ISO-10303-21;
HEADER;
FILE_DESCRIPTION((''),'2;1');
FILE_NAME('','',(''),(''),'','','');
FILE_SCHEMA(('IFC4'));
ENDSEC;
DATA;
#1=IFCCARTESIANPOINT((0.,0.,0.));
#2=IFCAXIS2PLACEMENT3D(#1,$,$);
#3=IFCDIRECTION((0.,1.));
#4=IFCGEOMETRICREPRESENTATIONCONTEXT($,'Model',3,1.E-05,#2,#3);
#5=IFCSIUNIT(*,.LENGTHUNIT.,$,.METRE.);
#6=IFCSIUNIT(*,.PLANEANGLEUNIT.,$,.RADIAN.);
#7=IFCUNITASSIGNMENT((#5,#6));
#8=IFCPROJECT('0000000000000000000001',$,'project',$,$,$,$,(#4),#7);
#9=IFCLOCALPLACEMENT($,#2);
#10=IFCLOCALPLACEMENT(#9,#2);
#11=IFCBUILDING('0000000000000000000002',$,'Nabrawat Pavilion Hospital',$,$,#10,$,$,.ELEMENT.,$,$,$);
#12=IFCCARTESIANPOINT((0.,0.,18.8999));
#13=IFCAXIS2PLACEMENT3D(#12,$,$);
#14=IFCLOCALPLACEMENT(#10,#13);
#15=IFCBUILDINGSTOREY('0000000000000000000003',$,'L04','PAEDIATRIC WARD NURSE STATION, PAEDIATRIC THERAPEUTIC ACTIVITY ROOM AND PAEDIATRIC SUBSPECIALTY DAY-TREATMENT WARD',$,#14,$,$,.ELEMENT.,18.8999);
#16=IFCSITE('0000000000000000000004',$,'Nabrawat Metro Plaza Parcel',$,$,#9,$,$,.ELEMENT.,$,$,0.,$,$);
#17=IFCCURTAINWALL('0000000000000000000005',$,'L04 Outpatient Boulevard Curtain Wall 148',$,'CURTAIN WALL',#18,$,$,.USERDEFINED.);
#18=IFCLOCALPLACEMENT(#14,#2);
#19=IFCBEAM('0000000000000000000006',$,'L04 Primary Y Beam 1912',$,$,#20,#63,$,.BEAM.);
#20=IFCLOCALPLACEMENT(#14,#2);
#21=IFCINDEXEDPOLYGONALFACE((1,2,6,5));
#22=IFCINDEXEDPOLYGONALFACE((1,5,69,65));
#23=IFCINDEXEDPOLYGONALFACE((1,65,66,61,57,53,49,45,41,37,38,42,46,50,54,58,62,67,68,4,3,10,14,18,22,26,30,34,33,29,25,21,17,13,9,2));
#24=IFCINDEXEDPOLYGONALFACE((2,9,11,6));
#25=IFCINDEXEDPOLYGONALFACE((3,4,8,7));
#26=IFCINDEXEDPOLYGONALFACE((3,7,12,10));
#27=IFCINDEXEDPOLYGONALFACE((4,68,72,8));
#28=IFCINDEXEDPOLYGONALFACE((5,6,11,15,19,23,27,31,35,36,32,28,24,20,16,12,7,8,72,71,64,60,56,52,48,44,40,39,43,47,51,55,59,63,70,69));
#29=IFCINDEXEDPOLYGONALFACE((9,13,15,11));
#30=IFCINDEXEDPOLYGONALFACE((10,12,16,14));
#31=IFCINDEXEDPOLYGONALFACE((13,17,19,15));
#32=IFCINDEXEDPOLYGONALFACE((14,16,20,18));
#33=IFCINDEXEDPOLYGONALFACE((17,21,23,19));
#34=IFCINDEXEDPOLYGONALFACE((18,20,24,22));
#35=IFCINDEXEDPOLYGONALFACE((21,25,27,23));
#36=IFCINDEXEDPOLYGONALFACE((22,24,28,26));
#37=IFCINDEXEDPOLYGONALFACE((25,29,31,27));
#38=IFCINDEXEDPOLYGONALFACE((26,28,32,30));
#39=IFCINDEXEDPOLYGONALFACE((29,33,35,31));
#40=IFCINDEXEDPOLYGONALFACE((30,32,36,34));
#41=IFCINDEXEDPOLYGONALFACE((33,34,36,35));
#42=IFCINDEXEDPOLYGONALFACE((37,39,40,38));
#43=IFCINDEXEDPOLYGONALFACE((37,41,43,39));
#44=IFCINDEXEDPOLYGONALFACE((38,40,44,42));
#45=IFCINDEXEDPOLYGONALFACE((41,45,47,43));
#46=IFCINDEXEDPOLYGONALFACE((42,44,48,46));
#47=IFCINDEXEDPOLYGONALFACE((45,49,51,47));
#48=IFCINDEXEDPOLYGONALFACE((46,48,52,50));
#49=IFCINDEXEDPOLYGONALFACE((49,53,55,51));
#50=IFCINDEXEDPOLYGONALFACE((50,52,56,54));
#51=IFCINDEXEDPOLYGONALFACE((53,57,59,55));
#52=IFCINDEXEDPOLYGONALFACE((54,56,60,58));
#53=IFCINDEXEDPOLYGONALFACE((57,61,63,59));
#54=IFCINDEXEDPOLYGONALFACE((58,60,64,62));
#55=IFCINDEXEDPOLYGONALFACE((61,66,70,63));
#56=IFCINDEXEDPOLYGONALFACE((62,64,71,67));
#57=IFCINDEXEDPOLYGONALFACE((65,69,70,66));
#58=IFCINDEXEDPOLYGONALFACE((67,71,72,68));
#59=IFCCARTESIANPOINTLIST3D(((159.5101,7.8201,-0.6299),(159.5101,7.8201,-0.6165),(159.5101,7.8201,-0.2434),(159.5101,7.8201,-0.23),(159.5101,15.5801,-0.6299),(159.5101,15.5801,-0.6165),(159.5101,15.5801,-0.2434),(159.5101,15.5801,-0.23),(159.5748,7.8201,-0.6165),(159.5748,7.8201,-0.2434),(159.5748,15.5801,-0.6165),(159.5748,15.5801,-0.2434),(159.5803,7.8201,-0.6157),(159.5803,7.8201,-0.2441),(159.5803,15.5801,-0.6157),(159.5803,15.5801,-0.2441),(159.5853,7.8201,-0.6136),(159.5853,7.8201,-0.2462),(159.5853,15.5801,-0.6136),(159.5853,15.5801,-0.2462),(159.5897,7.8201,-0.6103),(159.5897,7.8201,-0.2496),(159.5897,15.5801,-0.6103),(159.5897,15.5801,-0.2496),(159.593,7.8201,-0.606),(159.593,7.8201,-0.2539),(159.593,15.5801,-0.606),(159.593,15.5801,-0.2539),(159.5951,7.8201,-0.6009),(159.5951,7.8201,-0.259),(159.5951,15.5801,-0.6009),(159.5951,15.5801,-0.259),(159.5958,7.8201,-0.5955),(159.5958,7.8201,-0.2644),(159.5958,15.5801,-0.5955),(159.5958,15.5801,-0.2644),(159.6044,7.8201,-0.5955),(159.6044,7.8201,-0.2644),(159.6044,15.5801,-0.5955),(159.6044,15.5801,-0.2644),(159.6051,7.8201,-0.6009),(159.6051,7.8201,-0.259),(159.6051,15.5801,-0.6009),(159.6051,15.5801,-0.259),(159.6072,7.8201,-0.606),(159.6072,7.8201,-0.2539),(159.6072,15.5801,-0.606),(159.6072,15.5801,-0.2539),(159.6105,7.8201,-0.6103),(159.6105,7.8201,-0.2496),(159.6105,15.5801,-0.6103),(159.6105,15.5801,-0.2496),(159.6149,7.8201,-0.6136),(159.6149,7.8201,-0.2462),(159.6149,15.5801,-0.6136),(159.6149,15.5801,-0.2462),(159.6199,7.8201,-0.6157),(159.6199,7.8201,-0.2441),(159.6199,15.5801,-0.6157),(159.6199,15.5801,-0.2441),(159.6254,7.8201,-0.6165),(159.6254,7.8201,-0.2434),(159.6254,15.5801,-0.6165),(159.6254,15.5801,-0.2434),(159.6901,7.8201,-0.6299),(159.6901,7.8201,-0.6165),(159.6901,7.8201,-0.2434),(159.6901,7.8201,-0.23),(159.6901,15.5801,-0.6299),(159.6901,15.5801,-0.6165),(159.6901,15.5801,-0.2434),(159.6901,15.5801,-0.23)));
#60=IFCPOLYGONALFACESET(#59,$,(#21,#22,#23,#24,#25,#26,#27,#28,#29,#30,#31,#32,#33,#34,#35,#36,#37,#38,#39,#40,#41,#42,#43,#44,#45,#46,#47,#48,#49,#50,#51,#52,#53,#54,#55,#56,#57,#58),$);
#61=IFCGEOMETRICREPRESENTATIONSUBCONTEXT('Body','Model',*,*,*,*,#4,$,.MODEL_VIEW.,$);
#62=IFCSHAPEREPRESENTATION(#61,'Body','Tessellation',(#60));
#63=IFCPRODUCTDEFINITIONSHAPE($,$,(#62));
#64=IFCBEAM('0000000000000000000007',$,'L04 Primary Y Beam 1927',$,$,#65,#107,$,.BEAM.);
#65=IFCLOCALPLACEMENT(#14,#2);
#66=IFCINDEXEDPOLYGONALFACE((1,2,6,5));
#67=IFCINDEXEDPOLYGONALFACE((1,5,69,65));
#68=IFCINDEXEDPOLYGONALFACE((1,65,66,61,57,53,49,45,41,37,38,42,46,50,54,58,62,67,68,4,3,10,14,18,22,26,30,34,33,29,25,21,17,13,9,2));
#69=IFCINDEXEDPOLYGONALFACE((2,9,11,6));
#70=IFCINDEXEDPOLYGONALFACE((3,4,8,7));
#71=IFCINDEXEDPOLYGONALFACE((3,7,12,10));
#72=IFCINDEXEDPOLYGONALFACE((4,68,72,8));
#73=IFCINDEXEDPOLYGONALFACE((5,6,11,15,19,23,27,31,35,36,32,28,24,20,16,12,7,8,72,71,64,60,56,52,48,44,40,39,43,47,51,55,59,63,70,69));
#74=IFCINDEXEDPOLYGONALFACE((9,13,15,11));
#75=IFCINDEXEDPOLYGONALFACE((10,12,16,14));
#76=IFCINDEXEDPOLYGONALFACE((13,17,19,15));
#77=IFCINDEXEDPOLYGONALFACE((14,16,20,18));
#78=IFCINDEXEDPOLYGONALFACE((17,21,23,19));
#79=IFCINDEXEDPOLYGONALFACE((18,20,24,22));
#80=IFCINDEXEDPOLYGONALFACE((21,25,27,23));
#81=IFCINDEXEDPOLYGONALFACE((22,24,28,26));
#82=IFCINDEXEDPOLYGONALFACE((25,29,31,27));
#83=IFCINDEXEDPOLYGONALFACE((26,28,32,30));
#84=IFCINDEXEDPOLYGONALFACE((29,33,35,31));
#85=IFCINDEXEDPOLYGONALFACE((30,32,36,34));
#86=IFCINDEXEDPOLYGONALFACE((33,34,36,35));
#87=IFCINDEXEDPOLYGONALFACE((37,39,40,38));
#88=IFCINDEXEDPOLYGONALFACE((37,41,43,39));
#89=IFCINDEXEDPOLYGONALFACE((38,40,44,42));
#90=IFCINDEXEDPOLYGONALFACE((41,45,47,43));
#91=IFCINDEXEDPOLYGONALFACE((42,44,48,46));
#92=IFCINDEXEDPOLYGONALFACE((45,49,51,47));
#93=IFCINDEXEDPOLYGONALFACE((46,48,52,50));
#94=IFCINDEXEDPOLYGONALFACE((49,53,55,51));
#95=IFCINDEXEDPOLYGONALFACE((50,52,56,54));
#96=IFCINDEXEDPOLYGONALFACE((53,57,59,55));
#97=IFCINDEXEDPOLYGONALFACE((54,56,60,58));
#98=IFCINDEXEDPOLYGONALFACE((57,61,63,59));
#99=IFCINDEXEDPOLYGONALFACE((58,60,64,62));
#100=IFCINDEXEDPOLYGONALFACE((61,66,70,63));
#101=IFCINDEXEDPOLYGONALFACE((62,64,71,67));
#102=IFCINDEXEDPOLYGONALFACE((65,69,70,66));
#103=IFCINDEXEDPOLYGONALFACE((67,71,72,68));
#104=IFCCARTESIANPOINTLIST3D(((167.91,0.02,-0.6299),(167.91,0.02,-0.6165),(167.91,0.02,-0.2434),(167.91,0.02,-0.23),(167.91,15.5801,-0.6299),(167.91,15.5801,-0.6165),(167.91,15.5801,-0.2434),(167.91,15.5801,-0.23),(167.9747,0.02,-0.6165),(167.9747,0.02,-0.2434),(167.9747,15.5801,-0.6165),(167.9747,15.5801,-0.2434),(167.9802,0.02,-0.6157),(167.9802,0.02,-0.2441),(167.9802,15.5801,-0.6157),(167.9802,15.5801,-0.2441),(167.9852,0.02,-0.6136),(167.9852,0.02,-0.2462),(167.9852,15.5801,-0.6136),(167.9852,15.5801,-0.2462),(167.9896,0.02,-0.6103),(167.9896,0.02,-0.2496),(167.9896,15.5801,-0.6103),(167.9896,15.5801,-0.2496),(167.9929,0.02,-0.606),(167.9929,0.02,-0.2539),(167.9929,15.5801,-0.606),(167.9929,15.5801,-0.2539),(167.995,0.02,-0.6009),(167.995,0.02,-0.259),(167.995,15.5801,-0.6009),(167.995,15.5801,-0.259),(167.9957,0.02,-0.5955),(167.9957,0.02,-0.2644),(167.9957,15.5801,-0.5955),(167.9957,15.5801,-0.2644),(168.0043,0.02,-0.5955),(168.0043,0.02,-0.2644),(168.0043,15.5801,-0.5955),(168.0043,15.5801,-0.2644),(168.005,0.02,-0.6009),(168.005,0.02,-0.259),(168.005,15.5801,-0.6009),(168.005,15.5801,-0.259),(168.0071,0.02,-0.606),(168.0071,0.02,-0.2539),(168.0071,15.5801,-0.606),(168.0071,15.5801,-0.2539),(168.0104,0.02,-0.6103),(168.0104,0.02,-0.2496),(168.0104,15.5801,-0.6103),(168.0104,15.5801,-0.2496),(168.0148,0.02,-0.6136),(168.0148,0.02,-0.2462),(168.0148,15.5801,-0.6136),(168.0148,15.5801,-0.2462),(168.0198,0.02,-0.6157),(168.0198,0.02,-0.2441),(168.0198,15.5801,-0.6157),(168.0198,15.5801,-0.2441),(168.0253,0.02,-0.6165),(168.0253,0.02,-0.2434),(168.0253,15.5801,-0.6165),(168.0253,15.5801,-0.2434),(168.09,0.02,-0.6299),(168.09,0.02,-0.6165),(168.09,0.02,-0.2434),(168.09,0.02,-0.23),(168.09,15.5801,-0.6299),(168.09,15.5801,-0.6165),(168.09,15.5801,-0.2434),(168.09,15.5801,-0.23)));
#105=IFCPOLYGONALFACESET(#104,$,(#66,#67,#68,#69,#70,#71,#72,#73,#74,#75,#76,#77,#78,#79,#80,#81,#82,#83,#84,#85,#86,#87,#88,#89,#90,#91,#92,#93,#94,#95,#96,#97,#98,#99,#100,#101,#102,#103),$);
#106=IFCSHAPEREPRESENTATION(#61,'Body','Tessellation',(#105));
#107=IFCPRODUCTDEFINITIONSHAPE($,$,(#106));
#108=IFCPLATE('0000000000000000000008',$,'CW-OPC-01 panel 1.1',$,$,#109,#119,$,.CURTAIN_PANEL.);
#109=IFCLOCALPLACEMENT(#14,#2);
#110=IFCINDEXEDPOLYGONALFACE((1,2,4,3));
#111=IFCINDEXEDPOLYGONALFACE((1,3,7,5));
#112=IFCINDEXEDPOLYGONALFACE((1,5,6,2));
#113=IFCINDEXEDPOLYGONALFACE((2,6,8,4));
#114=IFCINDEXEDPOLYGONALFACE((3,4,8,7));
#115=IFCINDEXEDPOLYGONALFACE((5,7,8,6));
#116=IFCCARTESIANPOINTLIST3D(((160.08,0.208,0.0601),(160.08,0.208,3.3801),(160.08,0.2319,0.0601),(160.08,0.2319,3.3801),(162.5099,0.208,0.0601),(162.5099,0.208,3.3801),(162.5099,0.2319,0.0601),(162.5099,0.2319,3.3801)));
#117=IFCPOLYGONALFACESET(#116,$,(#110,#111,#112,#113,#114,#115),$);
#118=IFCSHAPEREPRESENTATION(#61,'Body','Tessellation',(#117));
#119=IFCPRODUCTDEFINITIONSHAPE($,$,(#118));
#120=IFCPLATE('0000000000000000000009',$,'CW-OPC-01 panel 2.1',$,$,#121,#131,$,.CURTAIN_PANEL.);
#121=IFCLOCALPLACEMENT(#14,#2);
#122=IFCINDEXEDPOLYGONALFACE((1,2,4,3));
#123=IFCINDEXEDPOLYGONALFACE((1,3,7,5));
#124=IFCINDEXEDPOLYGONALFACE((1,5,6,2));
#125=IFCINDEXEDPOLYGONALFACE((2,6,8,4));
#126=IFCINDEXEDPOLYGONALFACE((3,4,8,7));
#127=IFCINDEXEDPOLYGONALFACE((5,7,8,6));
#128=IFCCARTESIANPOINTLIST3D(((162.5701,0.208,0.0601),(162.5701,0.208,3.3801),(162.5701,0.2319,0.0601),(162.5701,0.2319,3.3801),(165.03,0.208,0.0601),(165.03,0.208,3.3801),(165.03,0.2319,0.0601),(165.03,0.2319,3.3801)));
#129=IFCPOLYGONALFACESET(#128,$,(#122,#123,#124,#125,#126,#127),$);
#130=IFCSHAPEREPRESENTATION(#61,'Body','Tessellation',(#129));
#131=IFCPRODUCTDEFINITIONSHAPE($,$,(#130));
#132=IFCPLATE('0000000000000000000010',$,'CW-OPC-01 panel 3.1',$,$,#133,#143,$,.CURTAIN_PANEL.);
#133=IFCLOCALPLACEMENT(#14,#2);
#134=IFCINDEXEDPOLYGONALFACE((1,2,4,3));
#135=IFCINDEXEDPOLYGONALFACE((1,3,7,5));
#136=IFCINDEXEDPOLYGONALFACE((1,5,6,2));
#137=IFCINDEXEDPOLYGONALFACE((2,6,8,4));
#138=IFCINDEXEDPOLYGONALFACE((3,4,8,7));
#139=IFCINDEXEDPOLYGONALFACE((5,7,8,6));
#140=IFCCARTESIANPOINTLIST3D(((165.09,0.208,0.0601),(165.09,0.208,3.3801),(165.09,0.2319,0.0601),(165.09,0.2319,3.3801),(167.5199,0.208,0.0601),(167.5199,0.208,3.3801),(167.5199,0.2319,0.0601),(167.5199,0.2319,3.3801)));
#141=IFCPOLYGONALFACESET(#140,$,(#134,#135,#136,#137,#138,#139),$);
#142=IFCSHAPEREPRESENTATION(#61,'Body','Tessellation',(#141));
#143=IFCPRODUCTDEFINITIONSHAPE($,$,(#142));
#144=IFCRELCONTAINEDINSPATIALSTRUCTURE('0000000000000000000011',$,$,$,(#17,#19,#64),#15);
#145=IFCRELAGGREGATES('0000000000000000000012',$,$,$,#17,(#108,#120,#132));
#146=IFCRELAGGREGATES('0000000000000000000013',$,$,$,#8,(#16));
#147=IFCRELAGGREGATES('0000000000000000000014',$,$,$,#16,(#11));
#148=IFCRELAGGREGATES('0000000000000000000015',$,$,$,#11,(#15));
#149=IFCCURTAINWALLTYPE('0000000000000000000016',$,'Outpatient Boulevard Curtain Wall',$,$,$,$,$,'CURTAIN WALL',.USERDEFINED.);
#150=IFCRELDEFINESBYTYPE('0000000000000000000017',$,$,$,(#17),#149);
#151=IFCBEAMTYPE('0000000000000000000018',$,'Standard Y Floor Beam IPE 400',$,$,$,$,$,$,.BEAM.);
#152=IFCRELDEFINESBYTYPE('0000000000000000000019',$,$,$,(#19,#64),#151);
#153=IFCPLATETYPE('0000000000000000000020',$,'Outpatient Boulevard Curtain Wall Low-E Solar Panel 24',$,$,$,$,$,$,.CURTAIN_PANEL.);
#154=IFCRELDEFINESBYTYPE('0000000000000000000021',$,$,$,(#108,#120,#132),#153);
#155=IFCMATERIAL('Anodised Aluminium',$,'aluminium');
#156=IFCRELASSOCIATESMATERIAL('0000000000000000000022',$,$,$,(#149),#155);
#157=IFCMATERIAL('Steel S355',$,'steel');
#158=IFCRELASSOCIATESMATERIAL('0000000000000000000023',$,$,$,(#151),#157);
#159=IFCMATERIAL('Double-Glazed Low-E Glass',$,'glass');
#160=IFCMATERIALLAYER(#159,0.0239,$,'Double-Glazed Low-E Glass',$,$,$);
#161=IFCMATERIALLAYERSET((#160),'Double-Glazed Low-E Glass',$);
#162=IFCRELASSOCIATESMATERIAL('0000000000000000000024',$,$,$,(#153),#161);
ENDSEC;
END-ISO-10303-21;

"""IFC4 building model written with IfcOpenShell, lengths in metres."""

from ifc_helpers import new_model, si_unit, direction, frame, origin, origin_2d, place, context, subcontext, project, spatial, rectangle, i_section, extrude, material, layer, layer_set, material_profile, profile_set, type_object, element, aggregate, save


model = new_model("IFC4")

# Units and contexts
model_context = context("Model", 3, precision=1e-05, world=origin(), true_north=direction((0.0, 1.0)))
body_context = subcontext(model_context, "Body", "Model", "MODEL_VIEW")
ifc_project = project(units=[si_unit("LENGTHUNIT", "METRE"), si_unit("PLANEANGLEUNIT", "RADIAN")], contexts=[model_context])

# Site, building, storey
site_placement = place(None, origin())
site = spatial("IfcSite", under=ifc_project, at=site_placement, Name="Nabrawat Metro Plaza Parcel", CompositionType="ELEMENT", RefElevation=0.0)
building_placement = place(site_placement, origin())
building = spatial("IfcBuilding", under=site, at=building_placement, Name="Nabrawat Pavilion Hospital", CompositionType="ELEMENT")
storey_placement = place(building_placement, frame((0.0, 0.0, 18.8999)))
storey = spatial("IfcBuildingStorey", under=building, at=storey_placement, Name="L04", Description="PAEDIATRIC WARD NURSE STATION, PAEDIATRIC THERAPEUTIC ACTIVITY ROOM AND PAEDIATRIC SUBSPECIALTY DAY-TREATMENT WARD", CompositionType="ELEMENT", Elevation=18.8999)

# Curtain wall
ifc_material_1 = material(Name="Anodised Aluminium", Category="aluminium")
curtain_wall_type = type_object("IfcCurtainWallType", Name="Outpatient Boulevard Curtain Wall", ElementType="CURTAIN WALL", PredefinedType="USERDEFINED", material=ifc_material_1)
curtain_wall_placement = place(storey_placement, origin())
curtain_wall = element("IfcCurtainWall", 1, at=curtain_wall_placement, inside=storey, type_object=curtain_wall_type, Name="L04 Outpatient Boulevard Curtain Wall 148", ObjectType="CURTAIN WALL", PredefinedType="USERDEFINED")

# Beams
ifc_material_2 = material(Name="Steel S355", Category="steel")
ifc_material_profile_1 = material_profile(ifc_material_2, i_section(OverallWidth=0.1799, OverallDepth=0.3999, WebThickness=0.0085, FlangeThickness=0.0134, FilletRadius=0.021, at=origin_2d()), Name="IPE 400")
ifc_profile_set_1 = profile_set([ifc_material_profile_1], Name="Steel S355")
beam_type_1 = type_object("IfcBeamType", Name="Standard Y Floor Beam IPE 400", PredefinedType="BEAM", material=ifc_profile_set_1)
for number, where, z_axis, x_axis, name in (
    (2, (159.6001, 7.8201, -0.4299), (0.0, 1.0, 0.0), (-1.0, 0.0, 0.0), "L04 Primary Y Beam 1912"),
):
    element("IfcBeam", number, at=place(storey_placement, frame(where, z_axis=z_axis, x_axis=x_axis)), inside=storey, type_object=beam_type_1, Name=name, PredefinedType="BEAM", context=body_context, shape_type="SweptSolid", body=[
        extrude(i_section(OverallWidth=0.1799, OverallDepth=0.3999, WebThickness=0.0085, FlangeThickness=0.0134, FilletRadius=0.021, at=origin_2d()), origin(), (0.0, 0.0, 1.0), 7.76),
    ])
beam_1_placement = place(storey_placement, frame((168.0, 0.02, -0.4299), z_axis=(0.0, 1.0, 0.0), x_axis=(-1.0, 0.0, 0.0)))
element("IfcBeam", 3, at=beam_1_placement, inside=storey, type_object=beam_type_1, Name="L04 Primary Y Beam 1927", PredefinedType="BEAM", context=body_context, shape_type="SweptSolid", body=[
    extrude(i_section(OverallWidth=0.1799, OverallDepth=0.3999, WebThickness=0.0085, FlangeThickness=0.0134, FilletRadius=0.021, at=origin_2d()), origin(), (0.0, 0.0, 1.0), 15.5601),
])

# Plates
ifc_material_3 = material(Name="Double-Glazed Low-E Glass", Category="glass")
ifc_layer = layer(ifc_material_3, 0.0239, Name="Double-Glazed Low-E Glass")
ifc_layer_set = layer_set([ifc_layer], Name="Double-Glazed Low-E Glass")
plate_type = type_object("IfcPlateType", Name="Outpatient Boulevard Curtain Wall Low-E Solar Panel 24", PredefinedType="CURTAIN_PANEL", material=ifc_layer_set)
plate_1_placement = place(storey_placement, frame((161.2949, 0.22, 0.0601), z_axis=(0.0, 0.0, 1.0), x_axis=(1.0, 0.0, 0.0)))
plate_1 = element("IfcPlate", 4, at=plate_1_placement, type_object=plate_type, Name="CW-OPC-01 panel 1.1", PredefinedType="CURTAIN_PANEL", context=body_context, shape_type="SweptSolid", body=[
    extrude(rectangle(XDim=2.4299, YDim=0.0239, at=origin_2d()), origin(), (0.0, 0.0, 1.0), 3.3201),
])
plate_2_placement = place(storey_placement, frame((163.8, 0.22, 0.0601), z_axis=(0.0, 0.0, 1.0), x_axis=(1.0, 0.0, 0.0)))
plate_2 = element("IfcPlate", 5, at=plate_2_placement, type_object=plate_type, Name="CW-OPC-01 panel 2.1", PredefinedType="CURTAIN_PANEL", context=body_context, shape_type="SweptSolid", body=[
    extrude(rectangle(XDim=2.46, YDim=0.0239, at=origin_2d()), origin(), (0.0, 0.0, 1.0), 3.3201),
])
plate_3_placement = place(storey_placement, frame((166.3049, 0.22, 0.0601), z_axis=(0.0, 0.0, 1.0), x_axis=(1.0, 0.0, 0.0)))
plate_3 = element("IfcPlate", 6, at=plate_3_placement, type_object=plate_type, Name="CW-OPC-01 panel 3.1", PredefinedType="CURTAIN_PANEL", context=body_context, shape_type="SweptSolid", body=[
    extrude(rectangle(XDim=2.4299, YDim=0.0239, at=origin_2d()), origin(), (0.0, 0.0, 1.0), 3.3201),
])
aggregate(curtain_wall, [plate_1, plate_2, plate_3])

save(model, "model.ifc")
